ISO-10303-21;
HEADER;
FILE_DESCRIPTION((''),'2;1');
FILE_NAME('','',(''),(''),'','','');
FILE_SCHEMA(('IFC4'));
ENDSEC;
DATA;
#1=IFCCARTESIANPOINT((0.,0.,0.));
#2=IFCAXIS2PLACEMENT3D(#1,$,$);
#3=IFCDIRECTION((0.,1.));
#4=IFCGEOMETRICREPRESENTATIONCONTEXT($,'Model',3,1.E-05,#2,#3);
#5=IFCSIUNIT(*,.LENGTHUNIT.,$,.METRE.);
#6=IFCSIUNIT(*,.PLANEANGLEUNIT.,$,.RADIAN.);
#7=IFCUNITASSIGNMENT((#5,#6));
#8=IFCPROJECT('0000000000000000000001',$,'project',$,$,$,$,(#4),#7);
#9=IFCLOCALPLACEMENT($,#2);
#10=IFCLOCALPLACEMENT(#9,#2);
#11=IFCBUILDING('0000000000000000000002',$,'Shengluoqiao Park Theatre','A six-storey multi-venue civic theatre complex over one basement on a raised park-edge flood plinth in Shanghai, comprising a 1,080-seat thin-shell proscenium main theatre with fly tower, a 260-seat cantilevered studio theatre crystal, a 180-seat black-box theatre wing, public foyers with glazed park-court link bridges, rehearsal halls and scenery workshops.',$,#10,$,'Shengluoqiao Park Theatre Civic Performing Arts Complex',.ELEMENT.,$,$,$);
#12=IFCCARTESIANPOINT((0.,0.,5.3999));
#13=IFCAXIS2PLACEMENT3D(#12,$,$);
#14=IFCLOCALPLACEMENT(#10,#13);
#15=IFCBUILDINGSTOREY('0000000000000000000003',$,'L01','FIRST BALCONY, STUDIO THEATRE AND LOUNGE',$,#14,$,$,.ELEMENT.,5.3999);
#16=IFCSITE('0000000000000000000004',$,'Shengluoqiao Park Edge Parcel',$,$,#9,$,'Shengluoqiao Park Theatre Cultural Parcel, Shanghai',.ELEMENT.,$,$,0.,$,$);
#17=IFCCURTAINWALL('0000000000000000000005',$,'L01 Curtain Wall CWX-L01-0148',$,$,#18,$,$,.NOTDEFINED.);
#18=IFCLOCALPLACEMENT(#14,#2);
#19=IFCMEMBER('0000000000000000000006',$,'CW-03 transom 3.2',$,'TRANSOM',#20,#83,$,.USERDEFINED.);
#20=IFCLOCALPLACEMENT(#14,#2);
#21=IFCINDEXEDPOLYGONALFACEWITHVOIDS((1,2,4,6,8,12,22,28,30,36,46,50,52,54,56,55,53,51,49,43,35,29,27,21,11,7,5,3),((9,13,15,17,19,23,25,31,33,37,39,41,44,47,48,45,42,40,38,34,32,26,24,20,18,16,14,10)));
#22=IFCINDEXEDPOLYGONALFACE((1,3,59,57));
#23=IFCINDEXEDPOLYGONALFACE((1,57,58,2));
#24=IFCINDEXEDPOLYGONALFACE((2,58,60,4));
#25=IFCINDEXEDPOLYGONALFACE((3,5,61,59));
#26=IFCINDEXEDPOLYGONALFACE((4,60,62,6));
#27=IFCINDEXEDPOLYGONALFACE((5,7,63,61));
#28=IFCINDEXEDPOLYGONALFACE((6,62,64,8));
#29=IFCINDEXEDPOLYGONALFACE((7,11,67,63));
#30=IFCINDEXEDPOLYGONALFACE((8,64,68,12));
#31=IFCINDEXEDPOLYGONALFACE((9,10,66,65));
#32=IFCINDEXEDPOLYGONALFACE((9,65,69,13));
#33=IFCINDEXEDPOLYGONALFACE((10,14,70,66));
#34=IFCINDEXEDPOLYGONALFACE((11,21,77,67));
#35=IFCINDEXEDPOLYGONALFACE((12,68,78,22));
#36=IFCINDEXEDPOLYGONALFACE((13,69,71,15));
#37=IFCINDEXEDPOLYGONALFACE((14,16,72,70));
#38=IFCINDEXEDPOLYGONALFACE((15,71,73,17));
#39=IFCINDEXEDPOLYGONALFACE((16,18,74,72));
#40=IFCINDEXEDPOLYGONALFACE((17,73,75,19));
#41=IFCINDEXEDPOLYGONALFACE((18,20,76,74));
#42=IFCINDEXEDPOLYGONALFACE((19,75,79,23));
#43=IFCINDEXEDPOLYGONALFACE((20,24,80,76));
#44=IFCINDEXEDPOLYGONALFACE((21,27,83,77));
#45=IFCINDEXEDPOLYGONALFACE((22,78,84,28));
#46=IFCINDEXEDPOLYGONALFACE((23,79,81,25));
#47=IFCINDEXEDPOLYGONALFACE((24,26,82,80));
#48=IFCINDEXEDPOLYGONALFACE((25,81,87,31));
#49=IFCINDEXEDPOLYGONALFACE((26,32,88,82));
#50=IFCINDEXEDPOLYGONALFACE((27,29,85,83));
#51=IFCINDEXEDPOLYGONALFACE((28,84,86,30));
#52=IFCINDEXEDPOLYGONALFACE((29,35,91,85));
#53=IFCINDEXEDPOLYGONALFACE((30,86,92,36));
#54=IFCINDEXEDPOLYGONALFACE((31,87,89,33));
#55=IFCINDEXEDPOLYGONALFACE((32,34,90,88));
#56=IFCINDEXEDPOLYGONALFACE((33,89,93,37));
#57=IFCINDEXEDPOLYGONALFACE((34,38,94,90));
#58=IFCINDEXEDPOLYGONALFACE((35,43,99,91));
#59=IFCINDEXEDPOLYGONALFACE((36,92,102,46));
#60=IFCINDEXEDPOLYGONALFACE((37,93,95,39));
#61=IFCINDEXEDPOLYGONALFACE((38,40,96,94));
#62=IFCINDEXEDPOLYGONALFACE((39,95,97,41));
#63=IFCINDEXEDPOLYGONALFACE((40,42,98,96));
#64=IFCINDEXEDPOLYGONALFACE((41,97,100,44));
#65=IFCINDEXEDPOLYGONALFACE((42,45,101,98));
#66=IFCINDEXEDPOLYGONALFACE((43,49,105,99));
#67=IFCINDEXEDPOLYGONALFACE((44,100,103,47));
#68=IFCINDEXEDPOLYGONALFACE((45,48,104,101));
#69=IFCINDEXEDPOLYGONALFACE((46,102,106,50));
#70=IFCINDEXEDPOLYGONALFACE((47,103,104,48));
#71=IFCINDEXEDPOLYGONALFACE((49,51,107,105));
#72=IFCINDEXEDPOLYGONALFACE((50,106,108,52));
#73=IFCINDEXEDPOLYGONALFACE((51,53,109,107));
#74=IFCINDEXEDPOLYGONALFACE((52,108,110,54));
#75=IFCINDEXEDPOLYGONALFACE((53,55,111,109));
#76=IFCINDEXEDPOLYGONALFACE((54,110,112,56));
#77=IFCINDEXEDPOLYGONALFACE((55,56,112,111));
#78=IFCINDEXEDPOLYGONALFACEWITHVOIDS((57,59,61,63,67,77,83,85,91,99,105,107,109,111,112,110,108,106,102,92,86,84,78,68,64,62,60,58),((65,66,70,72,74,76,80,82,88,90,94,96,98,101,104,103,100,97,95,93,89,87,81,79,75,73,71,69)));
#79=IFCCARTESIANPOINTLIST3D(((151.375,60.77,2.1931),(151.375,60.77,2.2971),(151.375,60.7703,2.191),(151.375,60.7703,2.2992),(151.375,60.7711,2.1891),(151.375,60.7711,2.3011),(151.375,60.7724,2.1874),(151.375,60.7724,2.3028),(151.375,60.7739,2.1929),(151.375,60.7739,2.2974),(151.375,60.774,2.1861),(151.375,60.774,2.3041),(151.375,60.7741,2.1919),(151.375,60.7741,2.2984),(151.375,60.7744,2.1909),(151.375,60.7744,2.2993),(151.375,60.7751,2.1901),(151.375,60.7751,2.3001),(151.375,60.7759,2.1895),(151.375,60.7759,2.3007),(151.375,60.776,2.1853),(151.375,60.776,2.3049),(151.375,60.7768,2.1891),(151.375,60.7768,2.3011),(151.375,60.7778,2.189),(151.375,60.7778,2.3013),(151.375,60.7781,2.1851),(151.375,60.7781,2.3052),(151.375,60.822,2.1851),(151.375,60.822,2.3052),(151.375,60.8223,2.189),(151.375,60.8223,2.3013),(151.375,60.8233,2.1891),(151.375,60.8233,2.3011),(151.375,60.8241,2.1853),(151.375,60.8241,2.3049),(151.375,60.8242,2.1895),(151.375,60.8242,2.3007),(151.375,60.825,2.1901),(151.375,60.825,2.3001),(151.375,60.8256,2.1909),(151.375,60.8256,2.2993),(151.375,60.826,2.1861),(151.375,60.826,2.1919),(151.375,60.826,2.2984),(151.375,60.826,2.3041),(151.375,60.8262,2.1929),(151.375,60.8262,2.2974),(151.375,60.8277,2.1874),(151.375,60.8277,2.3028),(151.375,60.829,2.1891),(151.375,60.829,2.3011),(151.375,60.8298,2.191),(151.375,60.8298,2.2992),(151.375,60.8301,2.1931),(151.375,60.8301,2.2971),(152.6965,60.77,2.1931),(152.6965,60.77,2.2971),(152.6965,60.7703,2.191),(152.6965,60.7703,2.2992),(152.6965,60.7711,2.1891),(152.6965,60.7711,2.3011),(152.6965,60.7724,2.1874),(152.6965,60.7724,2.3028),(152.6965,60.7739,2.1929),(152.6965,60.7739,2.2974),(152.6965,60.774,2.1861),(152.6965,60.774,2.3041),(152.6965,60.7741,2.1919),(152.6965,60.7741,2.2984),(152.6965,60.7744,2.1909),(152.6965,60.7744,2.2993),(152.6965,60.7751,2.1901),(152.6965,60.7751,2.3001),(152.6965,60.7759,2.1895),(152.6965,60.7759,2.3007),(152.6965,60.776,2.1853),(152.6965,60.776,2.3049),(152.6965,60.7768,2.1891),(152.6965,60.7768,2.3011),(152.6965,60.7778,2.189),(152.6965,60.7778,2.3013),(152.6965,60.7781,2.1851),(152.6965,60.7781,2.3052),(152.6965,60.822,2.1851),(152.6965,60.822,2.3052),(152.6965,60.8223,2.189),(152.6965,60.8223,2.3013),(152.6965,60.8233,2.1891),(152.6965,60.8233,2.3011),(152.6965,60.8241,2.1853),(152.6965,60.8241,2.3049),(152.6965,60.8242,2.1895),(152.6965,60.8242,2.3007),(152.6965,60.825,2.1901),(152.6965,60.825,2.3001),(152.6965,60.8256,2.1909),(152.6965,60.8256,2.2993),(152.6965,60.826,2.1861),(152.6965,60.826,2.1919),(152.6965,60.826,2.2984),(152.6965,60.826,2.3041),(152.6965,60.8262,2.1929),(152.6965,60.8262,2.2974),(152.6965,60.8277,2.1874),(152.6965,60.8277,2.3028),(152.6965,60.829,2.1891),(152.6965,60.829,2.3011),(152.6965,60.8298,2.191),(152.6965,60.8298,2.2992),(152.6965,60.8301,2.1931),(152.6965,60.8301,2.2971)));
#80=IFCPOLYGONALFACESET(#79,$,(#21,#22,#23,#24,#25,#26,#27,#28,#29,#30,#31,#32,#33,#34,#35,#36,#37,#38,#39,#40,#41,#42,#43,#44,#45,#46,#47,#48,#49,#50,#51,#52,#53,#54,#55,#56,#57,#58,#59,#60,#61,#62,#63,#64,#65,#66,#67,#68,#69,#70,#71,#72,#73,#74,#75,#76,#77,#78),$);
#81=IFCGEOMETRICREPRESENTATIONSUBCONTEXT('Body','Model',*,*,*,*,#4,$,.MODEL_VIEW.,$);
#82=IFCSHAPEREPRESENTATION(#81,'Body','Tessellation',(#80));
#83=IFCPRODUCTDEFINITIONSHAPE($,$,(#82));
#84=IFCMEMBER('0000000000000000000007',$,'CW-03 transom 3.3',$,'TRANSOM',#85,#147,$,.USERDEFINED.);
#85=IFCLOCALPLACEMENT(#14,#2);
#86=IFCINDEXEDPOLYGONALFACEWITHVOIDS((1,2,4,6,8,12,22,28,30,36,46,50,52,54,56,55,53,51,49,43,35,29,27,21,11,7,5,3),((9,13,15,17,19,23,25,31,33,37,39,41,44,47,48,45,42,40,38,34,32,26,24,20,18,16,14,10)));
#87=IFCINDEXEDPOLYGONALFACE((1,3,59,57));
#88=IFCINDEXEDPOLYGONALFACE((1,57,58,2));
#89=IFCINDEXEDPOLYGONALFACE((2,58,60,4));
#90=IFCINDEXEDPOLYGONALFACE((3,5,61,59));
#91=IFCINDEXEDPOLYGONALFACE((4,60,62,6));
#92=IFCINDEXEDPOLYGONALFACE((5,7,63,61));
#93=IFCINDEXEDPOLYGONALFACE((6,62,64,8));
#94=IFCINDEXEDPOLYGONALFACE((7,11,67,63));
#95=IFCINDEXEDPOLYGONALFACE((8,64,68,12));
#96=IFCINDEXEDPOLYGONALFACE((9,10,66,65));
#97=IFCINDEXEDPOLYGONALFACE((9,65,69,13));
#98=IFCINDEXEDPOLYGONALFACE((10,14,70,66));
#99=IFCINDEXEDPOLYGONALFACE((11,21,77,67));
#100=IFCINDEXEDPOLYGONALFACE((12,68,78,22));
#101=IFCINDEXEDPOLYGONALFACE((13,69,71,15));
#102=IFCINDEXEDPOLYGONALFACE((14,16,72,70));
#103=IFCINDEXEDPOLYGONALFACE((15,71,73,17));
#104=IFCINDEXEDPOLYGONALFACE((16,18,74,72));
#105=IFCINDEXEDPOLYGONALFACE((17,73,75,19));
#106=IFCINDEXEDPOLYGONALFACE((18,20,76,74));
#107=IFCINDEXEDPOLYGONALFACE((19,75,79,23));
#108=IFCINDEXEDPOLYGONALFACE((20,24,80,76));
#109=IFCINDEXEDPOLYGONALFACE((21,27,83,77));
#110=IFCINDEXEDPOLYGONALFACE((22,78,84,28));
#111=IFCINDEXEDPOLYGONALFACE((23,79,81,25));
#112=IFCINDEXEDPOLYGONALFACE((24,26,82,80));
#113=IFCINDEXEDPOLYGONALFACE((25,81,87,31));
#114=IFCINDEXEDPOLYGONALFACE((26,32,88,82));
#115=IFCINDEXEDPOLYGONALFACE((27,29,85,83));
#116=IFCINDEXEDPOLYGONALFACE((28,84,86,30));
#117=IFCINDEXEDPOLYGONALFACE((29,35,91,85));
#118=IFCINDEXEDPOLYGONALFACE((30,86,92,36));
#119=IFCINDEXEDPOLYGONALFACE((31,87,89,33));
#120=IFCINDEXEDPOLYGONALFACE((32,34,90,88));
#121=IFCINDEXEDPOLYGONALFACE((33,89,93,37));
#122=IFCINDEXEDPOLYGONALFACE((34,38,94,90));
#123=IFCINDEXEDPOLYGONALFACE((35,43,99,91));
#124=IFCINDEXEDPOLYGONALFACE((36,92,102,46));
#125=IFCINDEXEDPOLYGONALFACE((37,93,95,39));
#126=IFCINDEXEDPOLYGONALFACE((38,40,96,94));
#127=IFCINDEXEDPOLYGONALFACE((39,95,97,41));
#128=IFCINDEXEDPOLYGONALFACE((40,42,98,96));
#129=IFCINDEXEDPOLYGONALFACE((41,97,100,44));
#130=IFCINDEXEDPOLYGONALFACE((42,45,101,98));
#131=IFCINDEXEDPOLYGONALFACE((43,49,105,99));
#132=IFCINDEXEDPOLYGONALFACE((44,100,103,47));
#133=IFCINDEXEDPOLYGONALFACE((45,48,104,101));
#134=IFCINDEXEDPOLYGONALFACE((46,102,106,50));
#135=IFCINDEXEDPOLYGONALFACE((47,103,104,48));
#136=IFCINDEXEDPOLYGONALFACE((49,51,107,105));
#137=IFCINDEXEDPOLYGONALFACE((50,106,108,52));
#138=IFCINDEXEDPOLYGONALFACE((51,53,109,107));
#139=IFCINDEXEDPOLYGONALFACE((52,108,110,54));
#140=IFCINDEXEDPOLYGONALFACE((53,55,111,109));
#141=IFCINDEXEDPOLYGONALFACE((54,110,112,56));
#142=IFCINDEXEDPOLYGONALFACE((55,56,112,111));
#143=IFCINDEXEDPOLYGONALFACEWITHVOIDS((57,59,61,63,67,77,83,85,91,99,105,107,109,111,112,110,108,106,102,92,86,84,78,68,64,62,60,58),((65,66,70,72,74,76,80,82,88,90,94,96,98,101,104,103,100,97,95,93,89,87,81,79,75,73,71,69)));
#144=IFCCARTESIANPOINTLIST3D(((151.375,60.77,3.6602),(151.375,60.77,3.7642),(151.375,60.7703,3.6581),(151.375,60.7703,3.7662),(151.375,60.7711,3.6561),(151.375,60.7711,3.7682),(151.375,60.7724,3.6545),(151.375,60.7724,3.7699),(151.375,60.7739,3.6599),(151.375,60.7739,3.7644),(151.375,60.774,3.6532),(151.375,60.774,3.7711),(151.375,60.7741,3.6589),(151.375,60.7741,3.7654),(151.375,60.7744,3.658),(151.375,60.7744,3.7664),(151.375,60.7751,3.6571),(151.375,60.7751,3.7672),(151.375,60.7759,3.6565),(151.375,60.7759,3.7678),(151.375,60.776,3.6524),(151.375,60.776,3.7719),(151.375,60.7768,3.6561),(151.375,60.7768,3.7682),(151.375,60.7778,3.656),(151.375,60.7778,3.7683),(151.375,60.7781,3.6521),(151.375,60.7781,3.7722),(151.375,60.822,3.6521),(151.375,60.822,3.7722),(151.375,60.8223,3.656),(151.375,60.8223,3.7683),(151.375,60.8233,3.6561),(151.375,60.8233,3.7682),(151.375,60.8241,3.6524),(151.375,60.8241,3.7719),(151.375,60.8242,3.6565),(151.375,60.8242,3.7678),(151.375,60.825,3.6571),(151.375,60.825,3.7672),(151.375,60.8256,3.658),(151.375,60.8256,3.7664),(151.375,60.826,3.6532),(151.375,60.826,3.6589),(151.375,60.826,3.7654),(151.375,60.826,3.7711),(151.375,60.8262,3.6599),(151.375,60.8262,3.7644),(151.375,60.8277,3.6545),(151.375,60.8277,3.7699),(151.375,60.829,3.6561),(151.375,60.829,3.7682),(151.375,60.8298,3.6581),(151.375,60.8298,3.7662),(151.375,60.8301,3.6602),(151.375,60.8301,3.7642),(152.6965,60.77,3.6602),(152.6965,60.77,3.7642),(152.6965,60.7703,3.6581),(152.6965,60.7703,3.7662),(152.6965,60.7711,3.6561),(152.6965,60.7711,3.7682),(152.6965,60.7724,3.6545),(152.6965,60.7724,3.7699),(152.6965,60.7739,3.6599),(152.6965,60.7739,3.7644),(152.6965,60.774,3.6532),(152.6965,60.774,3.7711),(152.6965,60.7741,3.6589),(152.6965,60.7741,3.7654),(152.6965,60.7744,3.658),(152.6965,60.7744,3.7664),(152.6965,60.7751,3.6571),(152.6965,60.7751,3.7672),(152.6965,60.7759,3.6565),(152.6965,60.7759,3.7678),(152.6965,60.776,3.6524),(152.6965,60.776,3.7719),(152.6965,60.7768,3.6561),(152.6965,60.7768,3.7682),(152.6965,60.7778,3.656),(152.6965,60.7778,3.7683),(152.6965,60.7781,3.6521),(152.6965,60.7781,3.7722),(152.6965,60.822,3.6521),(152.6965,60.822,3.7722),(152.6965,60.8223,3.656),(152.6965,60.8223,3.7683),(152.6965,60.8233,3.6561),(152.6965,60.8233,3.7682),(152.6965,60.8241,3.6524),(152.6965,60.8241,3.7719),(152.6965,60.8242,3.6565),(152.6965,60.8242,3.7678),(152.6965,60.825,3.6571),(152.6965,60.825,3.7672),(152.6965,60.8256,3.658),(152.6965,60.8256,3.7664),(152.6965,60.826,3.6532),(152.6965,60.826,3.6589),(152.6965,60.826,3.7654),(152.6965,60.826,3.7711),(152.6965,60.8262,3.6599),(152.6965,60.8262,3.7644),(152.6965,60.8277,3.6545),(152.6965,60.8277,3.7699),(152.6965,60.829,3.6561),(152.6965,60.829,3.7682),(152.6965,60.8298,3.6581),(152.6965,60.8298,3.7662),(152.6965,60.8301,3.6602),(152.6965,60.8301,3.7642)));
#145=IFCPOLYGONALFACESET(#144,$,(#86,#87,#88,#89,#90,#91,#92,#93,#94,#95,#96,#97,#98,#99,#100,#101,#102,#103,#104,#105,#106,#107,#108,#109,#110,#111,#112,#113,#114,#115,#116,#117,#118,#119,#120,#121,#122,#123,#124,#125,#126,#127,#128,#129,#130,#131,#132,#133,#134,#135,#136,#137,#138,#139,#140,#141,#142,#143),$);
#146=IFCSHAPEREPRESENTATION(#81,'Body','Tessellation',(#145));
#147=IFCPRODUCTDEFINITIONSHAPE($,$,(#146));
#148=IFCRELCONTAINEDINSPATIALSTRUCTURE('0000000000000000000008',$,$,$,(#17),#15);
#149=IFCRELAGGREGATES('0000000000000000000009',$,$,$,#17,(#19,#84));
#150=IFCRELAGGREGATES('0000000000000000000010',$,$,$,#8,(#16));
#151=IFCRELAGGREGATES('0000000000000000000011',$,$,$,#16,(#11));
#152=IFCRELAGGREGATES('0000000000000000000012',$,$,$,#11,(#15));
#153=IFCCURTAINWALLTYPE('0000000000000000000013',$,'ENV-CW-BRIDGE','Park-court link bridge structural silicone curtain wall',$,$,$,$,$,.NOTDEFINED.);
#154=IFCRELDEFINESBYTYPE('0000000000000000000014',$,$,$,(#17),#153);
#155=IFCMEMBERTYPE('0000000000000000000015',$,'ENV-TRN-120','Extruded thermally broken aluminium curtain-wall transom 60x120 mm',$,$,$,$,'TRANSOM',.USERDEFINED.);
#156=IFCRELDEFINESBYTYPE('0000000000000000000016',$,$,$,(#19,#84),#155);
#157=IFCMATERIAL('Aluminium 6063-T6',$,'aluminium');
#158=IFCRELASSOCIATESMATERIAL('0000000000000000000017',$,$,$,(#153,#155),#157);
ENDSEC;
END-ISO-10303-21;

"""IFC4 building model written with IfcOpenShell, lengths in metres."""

from ifc_helpers import new_model, si_unit, direction, frame, origin, origin_2d, place, context, subcontext, project, spatial, hollow_rectangle, extrude, material, material_profile, profile_set, type_object, element, aggregate, save


model = new_model("IFC4")

# Units and contexts
model_context = context("Model", 3, precision=1e-05, world=origin(), true_north=direction((0.0, 1.0)))
body_context = subcontext(model_context, "Body", "Model", "MODEL_VIEW")
ifc_project = project(units=[si_unit("LENGTHUNIT", "METRE"), si_unit("PLANEANGLEUNIT", "RADIAN")], contexts=[model_context])

# Site, building, storey
site_placement = place(None, origin())
site = spatial("IfcSite", under=ifc_project, at=site_placement, Name="Shengluoqiao Park Edge Parcel", LongName="Shengluoqiao Park Theatre Cultural Parcel, Shanghai", CompositionType="ELEMENT", RefElevation=0.0)
building_placement = place(site_placement, origin())
building = spatial("IfcBuilding", under=site, at=building_placement, Name="Shengluoqiao Park Theatre", Description="A six-storey multi-venue civic theatre complex over one basement on a raised park-edge flood plinth in Shanghai, comprising a 1,080-seat thin-shell proscenium main theatre with fly tower, a 260-seat cantilevered studio theatre crystal, a 180-seat black-box theatre wing, public foyers with glazed park-court link bridges, rehearsal halls and scenery workshops.", LongName="Shengluoqiao Park Theatre Civic Performing Arts Complex", CompositionType="ELEMENT")
storey_placement = place(building_placement, frame((0.0, 0.0, 5.3999)))
storey = spatial("IfcBuildingStorey", under=building, at=storey_placement, Name="L01", Description="FIRST BALCONY, STUDIO THEATRE AND LOUNGE", CompositionType="ELEMENT", Elevation=5.3999)

# Curtain wall, members
ifc_material_1 = material(Name="Aluminium 6063-T6", Category="aluminium")
curtain_wall_type = type_object("IfcCurtainWallType", Name="ENV-CW-BRIDGE", Description="Park-court link bridge structural silicone curtain wall", PredefinedType="NOTDEFINED", material=ifc_material_1)
curtain_wall_placement = place(storey_placement, origin())
curtain_wall = element("IfcCurtainWall", 1, at=curtain_wall_placement, inside=storey, type_object=curtain_wall_type, Name="L01 Curtain Wall CWX-L01-0148", PredefinedType="NOTDEFINED")
ifc_material_profile_1 = material_profile(ifc_material_1, hollow_rectangle(XDim=0.0601, YDim=0.1201, WallThickness=0.0039, InnerFilletRadius=0.0039, OuterFilletRadius=0.0081, at=origin_2d()), Name="ALU TRANSOM 120x60x4")
ifc_profile_set_1 = profile_set([ifc_material_profile_1], Name="Aluminium 6063-T6")
member_type_1 = type_object("IfcMemberType", Name="ENV-TRN-120", Description="Extruded thermally broken aluminium curtain-wall transom 60x120 mm", ElementType="TRANSOM", PredefinedType="USERDEFINED", material=ifc_profile_set_1)
member_1_placement = place(storey_placement, frame((151.375, 60.8, 2.2451), z_axis=(1.0, 0.0, 0.0), x_axis=(0.0, 1.0, 0.0)))
member_1 = element("IfcMember", 2, at=member_1_placement, type_object=member_type_1, Name="CW-03 transom 3.2", ObjectType="TRANSOM", PredefinedType="USERDEFINED", context=body_context, shape_type="SweptSolid", body=[
    extrude(hollow_rectangle(XDim=0.0601, YDim=0.1201, WallThickness=0.0039, InnerFilletRadius=0.0039, OuterFilletRadius=0.0081, at=origin_2d()), origin(), (0.0, 0.0, 1.0), 1.3215),
])
member_2_placement = place(storey_placement, frame((151.375, 60.8, 3.7122), z_axis=(1.0, 0.0, 0.0), x_axis=(0.0, 1.0, 0.0)))
member_2 = element("IfcMember", 3, at=member_2_placement, type_object=member_type_1, Name="CW-03 transom 3.3", ObjectType="TRANSOM", PredefinedType="USERDEFINED", context=body_context, shape_type="SweptSolid", body=[
    extrude(hollow_rectangle(XDim=0.0601, YDim=0.1201, WallThickness=0.0039, InnerFilletRadius=0.0039, OuterFilletRadius=0.0081, at=origin_2d()), origin(), (0.0, 0.0, 1.0), 1.3215),
])

aggregate(curtain_wall, [member_1, member_2])

save(model, "model.ifc")
